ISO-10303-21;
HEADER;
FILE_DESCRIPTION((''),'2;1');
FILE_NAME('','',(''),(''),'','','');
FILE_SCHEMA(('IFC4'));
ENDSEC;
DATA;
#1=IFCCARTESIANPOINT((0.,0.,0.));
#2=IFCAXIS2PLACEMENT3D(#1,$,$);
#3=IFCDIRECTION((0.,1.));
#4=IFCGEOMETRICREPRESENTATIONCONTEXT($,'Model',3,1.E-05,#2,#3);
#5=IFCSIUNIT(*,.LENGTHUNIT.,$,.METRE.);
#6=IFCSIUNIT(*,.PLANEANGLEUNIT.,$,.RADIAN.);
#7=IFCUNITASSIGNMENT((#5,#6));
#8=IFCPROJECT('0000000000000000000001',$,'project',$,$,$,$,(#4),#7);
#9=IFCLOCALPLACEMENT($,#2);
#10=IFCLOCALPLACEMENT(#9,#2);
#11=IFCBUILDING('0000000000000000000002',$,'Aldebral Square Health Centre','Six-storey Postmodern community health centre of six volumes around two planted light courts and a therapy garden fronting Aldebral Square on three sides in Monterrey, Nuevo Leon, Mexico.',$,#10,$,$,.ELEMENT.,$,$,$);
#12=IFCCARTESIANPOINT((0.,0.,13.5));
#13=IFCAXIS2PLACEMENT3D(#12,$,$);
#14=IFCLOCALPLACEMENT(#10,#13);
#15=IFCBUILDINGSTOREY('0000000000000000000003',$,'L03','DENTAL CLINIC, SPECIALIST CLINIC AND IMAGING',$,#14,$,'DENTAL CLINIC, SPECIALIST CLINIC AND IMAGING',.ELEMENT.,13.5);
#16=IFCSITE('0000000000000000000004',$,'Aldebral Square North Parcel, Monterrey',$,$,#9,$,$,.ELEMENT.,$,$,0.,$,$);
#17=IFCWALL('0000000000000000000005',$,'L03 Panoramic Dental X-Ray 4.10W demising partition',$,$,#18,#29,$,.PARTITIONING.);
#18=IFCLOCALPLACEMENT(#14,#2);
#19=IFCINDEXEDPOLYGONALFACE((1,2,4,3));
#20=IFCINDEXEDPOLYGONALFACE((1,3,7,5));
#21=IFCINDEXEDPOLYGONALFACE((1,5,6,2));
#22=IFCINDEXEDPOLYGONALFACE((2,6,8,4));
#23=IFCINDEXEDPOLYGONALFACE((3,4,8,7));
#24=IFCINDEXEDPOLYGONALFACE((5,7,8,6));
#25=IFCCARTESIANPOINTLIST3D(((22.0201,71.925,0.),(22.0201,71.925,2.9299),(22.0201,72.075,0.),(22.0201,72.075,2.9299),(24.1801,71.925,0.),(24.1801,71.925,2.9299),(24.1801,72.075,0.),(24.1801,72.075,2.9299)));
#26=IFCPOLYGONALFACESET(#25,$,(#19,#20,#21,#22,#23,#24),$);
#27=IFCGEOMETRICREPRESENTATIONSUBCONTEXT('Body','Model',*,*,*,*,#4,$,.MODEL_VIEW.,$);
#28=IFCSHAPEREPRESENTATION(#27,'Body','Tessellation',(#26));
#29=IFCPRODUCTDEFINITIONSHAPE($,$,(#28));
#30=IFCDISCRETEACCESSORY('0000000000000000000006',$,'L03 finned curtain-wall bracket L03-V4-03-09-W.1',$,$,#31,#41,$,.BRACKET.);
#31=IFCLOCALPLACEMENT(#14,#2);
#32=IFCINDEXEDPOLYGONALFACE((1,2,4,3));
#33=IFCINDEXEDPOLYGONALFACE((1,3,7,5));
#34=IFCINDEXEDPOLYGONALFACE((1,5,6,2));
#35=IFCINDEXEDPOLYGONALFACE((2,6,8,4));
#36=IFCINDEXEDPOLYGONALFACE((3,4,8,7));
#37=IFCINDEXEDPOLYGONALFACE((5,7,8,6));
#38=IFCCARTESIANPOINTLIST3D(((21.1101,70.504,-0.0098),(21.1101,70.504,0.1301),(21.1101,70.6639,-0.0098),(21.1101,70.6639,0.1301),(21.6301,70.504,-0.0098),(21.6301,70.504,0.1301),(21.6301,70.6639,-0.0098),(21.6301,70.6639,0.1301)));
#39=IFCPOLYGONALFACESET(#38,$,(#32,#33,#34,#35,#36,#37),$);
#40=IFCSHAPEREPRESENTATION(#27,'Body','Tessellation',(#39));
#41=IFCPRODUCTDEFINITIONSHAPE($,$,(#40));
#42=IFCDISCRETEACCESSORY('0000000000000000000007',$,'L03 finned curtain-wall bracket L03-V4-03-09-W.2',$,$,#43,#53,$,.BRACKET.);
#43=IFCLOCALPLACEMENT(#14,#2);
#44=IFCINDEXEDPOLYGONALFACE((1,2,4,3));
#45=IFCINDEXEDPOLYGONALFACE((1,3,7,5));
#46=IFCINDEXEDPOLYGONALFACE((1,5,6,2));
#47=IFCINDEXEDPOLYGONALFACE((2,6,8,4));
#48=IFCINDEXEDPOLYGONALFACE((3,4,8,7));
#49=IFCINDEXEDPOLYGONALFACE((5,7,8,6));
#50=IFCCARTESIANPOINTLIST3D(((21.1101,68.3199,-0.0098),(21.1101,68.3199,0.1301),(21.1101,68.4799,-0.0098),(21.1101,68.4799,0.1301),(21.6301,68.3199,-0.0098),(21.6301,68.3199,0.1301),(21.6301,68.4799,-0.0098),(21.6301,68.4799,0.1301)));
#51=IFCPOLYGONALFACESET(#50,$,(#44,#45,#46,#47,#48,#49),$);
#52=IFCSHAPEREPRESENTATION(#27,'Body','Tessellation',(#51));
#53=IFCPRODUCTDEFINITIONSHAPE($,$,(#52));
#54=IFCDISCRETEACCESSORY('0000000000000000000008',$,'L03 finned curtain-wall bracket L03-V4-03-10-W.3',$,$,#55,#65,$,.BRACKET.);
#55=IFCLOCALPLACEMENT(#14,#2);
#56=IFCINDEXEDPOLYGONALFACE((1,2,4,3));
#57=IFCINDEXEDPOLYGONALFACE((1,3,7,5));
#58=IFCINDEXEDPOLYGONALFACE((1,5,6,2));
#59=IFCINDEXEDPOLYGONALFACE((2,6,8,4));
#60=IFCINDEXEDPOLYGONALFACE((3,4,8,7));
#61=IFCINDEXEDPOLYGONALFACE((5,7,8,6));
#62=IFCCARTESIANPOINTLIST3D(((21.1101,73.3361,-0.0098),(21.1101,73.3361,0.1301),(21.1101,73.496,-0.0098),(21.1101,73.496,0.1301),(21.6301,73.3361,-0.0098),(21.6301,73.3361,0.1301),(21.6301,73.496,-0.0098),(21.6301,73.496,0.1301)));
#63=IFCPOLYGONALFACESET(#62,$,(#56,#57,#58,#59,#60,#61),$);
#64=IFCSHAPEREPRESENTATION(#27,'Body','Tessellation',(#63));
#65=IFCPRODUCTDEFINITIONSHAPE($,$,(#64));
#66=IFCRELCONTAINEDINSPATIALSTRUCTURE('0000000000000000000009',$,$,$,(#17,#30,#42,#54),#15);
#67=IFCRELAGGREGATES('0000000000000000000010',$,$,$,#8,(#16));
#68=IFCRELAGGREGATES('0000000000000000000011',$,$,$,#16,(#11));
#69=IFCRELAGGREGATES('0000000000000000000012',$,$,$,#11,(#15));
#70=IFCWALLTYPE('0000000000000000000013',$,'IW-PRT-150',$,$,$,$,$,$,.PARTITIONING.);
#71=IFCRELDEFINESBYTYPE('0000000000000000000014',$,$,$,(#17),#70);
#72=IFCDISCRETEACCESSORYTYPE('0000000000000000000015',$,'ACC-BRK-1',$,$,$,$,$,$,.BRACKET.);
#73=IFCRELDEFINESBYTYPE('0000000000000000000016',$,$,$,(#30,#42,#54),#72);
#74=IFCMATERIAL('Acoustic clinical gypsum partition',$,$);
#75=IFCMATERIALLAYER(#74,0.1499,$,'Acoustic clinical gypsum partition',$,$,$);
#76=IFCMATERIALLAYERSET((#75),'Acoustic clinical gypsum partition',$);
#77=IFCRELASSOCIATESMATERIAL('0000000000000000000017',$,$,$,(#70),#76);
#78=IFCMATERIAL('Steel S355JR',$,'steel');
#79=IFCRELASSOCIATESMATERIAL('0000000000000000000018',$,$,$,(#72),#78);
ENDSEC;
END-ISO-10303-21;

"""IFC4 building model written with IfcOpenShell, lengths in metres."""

from ifc_helpers import new_model, si_unit, direction, frame, frame_2d, origin, origin_2d, place, context, subcontext, project, spatial, rectangle, extrude, material, layer, layer_set, type_object, element, save


model = new_model("IFC4")

# Units and contexts
model_context = context("Model", 3, precision=1e-05, world=origin(), true_north=direction((0.0, 1.0)))
body_context = subcontext(model_context, "Body", "Model", "MODEL_VIEW")
ifc_project = project(units=[si_unit("LENGTHUNIT", "METRE"), si_unit("PLANEANGLEUNIT", "RADIAN")], contexts=[model_context])

# Site, building, storey
site_placement = place(None, origin())
site = spatial("IfcSite", under=ifc_project, at=site_placement, Name="Aldebral Square North Parcel, Monterrey", CompositionType="ELEMENT", RefElevation=0.0)
building_placement = place(site_placement, origin())
building = spatial("IfcBuilding", under=site, at=building_placement, Name="Aldebral Square Health Centre", Description="Six-storey Postmodern community health centre of six volumes around two planted light courts and a therapy garden fronting Aldebral Square on three sides in Monterrey, Nuevo Leon, Mexico.", CompositionType="ELEMENT")
storey_placement = place(building_placement, frame((0.0, 0.0, 13.5)))
storey = spatial("IfcBuildingStorey", under=building, at=storey_placement, Name="L03", Description="DENTAL CLINIC, SPECIALIST CLINIC AND IMAGING", LongName="DENTAL CLINIC, SPECIALIST CLINIC AND IMAGING", CompositionType="ELEMENT", Elevation=13.5)

# Wall
ifc_material_1 = material(Name="Acoustic clinical gypsum partition")
ifc_layer_1 = layer(ifc_material_1, 0.1499, Name="Acoustic clinical gypsum partition")
ifc_layer_set_1 = layer_set([ifc_layer_1], Name="Acoustic clinical gypsum partition")
wall_type = type_object("IfcWallType", Name="IW-PRT-150", PredefinedType="PARTITIONING", material=ifc_layer_set_1)
wall_placement = place(storey_placement, frame((22.02, 72.0, 0.0), z_axis=(0.0, 0.0, 1.0), x_axis=(1.0, 0.0, 0.0)))
element("IfcWall", 1, at=wall_placement, inside=storey, type_object=wall_type, Name="L03 Panoramic Dental X-Ray 4.10W demising partition", PredefinedType="PARTITIONING", context=body_context, shape_type="SweptSolid", body=[
    extrude(rectangle(XDim=2.1599, YDim=0.1499, at=frame_2d((1.0801, 0.0))), origin(), (0.0, 0.0, 1.0), 2.9299),
])

# Discrete accessories
ifc_material_2 = material(Name="Steel S355JR", Category="steel")
discrete_accessory_type = type_object("IfcDiscreteAccessoryType", Name="ACC-BRK-1", PredefinedType="BRACKET", material=ifc_material_2)
for number, where, z_axis, x_axis, name in (
    (2, (21.3701, 70.584, -0.0098), (0.0, 0.0, 1.0), (0.0, 1.0, 0.0), "L03 finned curtain-wall bracket L03-V4-03-09-W.1"),
    (3, (21.3701, 68.3999, -0.0098), (0.0, 0.0, 1.0), (0.0, 1.0, 0.0), "L03 finned curtain-wall bracket L03-V4-03-09-W.2"),
    (4, (21.3701, 73.416, -0.0098), (0.0, 0.0, 1.0), (0.0, 1.0, 0.0), "L03 finned curtain-wall bracket L03-V4-03-10-W.3"),
):
    element("IfcDiscreteAccessory", number, at=place(storey_placement, frame(where, z_axis=z_axis, x_axis=x_axis)), inside=storey, type_object=discrete_accessory_type, Name=name, PredefinedType="BRACKET", context=body_context, shape_type="SweptSolid", body=[
        extrude(rectangle(XDim=0.1599, YDim=0.52, at=origin_2d()), origin(), (0.0, 0.0, 1.0), 0.1399),
    ])

save(model, "model.ifc")
